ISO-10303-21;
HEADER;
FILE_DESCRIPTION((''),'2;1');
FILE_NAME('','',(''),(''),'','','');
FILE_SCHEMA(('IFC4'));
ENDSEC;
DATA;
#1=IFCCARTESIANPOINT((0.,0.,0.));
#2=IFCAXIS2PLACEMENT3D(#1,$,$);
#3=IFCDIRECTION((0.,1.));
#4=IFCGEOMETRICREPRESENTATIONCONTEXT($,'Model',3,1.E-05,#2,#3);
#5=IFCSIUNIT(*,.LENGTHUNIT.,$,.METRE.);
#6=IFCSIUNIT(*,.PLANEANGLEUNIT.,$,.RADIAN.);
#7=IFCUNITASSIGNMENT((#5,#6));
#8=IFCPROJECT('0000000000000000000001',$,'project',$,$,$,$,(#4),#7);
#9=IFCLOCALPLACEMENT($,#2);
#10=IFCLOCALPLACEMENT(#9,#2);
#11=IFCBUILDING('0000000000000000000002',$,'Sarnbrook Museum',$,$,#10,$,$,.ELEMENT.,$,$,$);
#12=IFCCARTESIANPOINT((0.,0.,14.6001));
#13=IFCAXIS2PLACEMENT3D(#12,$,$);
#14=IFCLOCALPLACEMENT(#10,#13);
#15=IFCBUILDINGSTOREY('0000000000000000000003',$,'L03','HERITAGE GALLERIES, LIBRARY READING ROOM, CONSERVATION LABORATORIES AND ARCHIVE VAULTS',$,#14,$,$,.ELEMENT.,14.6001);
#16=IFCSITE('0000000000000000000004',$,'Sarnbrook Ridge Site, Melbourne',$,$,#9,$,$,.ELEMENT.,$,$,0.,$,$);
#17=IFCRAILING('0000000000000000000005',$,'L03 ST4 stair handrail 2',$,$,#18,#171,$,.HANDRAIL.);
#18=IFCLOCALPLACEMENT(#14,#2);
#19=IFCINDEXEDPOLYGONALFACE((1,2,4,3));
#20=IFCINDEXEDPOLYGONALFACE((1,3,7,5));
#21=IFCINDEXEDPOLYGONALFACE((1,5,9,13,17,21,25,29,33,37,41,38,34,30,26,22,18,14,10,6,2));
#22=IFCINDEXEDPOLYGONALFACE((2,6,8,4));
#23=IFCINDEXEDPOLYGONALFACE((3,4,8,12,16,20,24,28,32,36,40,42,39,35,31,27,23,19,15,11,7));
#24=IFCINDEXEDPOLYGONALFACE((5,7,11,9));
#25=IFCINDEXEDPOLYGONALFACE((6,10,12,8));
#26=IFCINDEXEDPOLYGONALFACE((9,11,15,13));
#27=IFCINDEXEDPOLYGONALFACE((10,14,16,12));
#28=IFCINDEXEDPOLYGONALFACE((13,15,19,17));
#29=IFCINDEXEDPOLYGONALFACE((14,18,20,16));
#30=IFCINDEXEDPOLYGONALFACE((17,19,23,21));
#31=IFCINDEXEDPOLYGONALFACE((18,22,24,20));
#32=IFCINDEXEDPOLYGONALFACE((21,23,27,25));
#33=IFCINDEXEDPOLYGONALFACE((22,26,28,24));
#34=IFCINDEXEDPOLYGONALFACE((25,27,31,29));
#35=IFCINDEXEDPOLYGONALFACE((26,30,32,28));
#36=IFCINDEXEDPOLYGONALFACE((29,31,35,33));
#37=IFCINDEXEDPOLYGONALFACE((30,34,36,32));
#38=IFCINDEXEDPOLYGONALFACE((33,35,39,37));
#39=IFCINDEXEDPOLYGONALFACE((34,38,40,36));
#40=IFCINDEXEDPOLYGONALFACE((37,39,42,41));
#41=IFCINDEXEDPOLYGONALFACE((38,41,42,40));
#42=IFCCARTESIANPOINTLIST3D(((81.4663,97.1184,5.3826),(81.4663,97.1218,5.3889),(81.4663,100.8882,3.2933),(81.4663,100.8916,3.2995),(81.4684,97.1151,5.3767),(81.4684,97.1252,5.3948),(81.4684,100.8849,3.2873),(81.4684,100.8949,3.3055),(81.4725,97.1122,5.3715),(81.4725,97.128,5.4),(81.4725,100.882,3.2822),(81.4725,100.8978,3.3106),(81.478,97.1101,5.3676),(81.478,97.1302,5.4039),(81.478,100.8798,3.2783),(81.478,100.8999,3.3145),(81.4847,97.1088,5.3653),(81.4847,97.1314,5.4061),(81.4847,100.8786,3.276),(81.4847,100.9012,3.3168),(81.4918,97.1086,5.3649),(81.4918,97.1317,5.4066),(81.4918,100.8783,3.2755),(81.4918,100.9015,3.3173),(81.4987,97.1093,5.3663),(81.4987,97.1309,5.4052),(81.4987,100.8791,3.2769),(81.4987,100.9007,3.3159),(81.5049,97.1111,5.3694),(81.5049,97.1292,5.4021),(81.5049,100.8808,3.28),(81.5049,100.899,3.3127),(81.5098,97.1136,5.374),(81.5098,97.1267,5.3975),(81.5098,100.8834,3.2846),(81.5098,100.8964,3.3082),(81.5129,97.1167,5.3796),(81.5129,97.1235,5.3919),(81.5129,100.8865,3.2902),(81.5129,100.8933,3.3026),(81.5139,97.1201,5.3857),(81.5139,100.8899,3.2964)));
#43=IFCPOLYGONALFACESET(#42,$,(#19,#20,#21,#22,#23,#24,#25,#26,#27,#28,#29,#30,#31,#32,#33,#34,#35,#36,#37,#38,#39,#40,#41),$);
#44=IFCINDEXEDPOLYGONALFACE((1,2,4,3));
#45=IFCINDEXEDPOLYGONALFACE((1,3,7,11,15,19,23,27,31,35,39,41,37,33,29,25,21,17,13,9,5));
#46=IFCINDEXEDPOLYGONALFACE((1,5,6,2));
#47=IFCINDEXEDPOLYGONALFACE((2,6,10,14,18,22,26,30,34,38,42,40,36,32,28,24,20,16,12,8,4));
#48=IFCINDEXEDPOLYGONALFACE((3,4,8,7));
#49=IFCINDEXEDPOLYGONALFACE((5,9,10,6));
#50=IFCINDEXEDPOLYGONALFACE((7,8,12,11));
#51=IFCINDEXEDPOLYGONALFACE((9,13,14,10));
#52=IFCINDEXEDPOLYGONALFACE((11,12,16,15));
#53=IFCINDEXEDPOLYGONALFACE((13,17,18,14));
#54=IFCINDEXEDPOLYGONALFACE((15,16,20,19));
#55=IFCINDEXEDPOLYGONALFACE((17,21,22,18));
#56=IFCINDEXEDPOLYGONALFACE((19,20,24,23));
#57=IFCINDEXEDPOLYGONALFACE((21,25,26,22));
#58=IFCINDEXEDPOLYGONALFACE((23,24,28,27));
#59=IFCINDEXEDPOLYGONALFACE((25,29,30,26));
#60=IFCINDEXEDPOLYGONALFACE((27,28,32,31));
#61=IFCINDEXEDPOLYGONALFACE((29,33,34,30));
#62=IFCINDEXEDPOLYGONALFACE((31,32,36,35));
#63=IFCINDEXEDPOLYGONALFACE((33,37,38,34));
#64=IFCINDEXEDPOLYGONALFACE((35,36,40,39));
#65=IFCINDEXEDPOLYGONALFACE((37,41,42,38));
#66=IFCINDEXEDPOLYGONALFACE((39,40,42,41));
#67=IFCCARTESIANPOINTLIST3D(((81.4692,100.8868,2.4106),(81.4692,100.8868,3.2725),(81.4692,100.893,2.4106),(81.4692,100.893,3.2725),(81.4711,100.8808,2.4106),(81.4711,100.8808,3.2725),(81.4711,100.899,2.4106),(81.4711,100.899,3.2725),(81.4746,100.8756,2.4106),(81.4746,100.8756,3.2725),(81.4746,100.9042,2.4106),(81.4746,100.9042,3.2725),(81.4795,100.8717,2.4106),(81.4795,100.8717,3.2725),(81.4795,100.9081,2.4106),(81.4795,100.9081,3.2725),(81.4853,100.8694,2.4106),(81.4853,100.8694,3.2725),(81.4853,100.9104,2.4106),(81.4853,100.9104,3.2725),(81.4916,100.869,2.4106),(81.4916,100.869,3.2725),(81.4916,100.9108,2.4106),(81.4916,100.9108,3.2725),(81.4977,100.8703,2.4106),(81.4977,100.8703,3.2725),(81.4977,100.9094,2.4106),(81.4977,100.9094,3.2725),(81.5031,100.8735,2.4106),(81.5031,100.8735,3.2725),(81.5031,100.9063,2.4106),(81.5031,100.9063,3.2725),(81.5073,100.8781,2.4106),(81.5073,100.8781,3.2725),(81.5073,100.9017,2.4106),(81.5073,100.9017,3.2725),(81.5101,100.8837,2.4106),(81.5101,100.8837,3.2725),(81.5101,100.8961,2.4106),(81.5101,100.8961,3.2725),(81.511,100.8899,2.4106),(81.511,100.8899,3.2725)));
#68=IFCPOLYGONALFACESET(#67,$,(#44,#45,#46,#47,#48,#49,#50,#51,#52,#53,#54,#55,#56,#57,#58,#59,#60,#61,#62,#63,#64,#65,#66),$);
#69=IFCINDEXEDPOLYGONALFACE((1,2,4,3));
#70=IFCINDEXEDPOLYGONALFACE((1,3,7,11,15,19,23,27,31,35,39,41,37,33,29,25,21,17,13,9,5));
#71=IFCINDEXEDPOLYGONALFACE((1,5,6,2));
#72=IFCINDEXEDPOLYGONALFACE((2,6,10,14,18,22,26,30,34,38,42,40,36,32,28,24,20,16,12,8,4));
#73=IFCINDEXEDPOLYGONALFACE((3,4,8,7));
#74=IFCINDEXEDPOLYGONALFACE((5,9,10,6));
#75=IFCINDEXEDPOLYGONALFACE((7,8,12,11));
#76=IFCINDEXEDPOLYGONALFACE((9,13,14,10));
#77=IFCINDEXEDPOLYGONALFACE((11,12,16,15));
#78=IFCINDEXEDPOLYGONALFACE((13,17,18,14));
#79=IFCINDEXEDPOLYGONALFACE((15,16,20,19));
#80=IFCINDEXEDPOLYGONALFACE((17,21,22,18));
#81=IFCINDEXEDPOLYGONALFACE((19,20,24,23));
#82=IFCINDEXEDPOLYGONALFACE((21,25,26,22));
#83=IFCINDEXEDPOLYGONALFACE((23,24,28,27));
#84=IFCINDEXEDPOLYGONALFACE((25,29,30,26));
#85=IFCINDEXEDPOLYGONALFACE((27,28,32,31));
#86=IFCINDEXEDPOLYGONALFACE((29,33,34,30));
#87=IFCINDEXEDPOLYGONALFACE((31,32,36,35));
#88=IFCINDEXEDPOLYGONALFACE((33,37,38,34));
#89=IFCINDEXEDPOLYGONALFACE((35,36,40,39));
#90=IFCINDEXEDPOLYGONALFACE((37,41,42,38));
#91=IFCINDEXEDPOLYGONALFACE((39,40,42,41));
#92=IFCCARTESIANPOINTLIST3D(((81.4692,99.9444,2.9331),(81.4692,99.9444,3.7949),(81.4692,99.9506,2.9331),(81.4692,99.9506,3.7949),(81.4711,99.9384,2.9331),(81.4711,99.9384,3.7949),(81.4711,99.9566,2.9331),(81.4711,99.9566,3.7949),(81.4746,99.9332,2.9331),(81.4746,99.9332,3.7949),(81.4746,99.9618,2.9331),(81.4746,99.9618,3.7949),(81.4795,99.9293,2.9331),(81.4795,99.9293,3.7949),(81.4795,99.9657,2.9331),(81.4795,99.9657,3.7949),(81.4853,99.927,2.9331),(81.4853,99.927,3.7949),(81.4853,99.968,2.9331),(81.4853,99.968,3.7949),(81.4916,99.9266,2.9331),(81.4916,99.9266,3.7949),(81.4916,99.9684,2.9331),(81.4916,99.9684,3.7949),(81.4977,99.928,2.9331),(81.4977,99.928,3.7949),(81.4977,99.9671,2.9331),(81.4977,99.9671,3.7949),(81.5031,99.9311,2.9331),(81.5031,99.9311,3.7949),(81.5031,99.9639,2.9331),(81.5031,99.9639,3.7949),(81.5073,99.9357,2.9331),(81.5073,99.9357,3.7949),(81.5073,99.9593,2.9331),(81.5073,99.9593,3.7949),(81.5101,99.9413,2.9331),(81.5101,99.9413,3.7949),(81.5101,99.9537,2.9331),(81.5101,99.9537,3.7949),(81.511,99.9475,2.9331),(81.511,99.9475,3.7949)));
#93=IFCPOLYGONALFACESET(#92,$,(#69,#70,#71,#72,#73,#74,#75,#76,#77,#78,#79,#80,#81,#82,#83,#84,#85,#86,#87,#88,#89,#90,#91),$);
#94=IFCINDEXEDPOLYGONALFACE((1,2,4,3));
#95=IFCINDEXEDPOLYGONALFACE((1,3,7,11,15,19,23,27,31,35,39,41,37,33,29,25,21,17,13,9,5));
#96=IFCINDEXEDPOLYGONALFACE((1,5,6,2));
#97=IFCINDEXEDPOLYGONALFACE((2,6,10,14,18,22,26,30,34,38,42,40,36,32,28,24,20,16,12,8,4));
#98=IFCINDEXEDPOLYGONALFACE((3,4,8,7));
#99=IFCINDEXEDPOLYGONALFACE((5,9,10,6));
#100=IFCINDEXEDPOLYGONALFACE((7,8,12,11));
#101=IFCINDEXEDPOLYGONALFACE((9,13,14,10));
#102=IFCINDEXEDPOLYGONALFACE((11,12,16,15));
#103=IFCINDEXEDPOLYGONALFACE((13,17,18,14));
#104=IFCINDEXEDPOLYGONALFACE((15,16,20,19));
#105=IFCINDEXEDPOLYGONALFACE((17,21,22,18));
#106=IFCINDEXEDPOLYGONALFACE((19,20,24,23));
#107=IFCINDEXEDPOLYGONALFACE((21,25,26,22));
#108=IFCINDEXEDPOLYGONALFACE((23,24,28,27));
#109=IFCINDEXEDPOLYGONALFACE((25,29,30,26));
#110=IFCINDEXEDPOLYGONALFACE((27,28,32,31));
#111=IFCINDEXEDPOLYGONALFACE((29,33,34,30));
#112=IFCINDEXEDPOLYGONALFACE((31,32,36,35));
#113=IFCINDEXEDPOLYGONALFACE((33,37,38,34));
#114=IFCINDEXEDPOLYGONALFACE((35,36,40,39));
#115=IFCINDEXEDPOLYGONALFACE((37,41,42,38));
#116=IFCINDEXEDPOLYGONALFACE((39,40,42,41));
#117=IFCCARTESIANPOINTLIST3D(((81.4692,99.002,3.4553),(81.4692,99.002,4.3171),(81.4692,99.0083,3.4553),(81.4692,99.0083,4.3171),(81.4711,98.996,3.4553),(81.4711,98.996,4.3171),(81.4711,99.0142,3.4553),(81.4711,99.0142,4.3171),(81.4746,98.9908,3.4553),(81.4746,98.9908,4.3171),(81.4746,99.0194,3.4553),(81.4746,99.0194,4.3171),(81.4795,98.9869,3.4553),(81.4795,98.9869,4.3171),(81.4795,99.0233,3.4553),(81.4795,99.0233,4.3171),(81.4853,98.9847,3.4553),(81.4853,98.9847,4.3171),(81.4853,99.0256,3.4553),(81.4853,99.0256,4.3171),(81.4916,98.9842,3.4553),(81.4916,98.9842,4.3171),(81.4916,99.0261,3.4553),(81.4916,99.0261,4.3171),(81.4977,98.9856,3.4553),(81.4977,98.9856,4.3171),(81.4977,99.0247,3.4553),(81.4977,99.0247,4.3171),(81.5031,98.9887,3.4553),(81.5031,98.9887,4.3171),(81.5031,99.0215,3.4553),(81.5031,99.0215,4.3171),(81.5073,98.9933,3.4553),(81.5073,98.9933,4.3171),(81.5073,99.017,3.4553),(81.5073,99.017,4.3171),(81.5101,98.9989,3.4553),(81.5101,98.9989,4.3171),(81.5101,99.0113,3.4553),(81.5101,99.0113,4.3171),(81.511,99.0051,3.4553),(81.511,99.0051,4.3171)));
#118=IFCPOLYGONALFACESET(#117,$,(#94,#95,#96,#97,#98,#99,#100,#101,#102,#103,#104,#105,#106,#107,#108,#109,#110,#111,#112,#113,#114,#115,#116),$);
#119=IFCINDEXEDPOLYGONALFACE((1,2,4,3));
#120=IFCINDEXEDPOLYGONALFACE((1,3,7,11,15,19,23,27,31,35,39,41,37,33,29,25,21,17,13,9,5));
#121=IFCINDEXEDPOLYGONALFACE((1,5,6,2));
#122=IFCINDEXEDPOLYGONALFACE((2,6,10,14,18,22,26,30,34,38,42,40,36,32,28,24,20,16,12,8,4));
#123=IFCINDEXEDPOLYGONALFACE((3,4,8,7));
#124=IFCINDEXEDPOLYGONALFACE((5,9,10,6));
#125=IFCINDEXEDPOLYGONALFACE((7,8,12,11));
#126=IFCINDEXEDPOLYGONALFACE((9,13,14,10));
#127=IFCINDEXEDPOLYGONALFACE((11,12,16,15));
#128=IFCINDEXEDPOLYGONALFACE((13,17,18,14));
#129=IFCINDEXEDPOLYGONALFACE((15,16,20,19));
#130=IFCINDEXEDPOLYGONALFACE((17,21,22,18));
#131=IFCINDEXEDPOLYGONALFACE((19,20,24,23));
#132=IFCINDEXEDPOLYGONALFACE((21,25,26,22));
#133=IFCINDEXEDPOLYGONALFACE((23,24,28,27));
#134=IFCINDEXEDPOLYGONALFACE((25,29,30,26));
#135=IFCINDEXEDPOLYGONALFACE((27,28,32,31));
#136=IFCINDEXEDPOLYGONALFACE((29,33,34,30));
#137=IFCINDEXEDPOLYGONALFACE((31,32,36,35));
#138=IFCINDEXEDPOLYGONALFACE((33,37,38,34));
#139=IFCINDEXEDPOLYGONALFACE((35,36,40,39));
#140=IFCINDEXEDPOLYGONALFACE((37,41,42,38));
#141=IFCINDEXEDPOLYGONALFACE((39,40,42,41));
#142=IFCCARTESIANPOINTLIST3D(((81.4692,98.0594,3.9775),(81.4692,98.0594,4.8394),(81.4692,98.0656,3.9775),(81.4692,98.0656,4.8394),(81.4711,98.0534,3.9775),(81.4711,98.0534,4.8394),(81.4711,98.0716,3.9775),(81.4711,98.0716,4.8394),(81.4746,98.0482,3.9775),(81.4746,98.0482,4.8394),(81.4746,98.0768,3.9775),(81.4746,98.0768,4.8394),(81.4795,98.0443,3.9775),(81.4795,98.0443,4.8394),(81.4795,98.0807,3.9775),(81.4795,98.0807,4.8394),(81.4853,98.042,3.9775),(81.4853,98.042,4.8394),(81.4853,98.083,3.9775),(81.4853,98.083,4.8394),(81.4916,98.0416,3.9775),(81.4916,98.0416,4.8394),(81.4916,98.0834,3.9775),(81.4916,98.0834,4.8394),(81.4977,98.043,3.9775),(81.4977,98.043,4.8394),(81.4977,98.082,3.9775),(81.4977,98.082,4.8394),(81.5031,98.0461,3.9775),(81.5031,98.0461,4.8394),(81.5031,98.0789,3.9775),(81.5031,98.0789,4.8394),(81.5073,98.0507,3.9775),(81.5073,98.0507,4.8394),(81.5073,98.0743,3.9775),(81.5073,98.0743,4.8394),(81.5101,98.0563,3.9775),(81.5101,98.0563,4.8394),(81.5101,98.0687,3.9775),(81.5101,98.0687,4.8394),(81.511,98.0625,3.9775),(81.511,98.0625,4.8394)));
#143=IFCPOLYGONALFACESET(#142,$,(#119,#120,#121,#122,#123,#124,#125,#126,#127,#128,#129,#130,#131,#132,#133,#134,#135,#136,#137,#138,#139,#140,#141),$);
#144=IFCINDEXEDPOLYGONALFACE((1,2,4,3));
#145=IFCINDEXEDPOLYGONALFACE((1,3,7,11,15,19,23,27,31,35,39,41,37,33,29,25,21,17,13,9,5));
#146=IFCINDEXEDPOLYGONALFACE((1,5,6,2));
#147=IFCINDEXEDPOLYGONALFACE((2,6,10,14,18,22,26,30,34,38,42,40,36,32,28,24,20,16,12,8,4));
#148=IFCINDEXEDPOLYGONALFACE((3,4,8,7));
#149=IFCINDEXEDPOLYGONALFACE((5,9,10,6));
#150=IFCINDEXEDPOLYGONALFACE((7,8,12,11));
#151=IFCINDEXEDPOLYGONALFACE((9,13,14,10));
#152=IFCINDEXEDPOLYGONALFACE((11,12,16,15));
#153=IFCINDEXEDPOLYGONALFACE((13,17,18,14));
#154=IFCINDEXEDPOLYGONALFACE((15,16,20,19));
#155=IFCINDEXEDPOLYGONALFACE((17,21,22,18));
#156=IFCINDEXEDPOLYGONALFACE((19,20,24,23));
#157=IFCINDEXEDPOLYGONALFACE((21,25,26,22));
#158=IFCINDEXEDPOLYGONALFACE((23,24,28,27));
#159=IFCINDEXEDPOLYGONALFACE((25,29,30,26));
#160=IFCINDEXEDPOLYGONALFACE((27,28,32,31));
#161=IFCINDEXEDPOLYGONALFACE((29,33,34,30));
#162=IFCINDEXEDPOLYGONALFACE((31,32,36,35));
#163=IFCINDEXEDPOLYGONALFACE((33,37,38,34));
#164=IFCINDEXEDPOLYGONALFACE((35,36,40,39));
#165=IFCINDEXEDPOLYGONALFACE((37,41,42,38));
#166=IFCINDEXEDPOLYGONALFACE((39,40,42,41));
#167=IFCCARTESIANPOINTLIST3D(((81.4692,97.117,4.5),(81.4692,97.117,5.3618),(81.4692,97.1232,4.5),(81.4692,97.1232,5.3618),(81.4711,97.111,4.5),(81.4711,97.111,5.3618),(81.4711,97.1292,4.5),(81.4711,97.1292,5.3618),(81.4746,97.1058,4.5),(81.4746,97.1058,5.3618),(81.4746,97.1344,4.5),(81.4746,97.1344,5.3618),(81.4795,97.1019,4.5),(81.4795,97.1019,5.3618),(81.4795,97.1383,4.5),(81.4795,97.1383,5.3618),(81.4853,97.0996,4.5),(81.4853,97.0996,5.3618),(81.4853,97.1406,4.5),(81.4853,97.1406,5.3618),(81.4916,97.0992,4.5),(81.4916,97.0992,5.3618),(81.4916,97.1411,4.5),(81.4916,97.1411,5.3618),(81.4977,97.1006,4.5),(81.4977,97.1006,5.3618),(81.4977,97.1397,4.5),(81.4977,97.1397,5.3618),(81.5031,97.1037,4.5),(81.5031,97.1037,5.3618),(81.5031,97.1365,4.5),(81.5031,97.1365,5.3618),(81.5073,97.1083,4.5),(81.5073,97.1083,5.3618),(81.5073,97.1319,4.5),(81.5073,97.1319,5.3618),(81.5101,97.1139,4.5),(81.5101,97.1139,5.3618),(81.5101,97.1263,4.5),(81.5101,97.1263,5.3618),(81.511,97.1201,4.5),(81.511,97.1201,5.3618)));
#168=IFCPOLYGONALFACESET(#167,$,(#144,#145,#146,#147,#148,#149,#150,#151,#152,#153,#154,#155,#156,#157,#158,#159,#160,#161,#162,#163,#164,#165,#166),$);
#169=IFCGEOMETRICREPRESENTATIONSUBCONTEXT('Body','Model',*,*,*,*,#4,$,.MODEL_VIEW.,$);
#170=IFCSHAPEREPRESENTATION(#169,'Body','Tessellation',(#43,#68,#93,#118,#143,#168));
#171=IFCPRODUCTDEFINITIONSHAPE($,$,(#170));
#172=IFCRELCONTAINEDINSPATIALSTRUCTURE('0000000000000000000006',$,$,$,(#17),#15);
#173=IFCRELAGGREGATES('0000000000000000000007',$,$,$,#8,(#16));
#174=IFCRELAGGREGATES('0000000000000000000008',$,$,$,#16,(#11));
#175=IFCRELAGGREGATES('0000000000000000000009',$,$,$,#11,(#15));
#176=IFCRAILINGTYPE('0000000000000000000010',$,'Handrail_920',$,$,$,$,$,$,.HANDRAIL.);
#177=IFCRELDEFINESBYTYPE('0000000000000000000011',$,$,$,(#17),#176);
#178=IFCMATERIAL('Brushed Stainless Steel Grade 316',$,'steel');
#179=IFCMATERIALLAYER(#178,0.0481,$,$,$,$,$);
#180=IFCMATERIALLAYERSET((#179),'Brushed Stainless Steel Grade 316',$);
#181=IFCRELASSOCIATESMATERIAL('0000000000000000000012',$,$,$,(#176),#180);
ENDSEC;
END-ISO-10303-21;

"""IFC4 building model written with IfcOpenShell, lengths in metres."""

from ifc_helpers import new_model, si_unit, direction, frame, origin, origin_2d, place, context, subcontext, project, spatial, circle, extrude, material, layer, layer_set, type_object, element, save


model = new_model("IFC4")

# Units and contexts
model_context = context("Model", 3, precision=1e-05, world=origin(), true_north=direction((0.0, 1.0)))
body_context = subcontext(model_context, "Body", "Model", "MODEL_VIEW")
ifc_project = project(units=[si_unit("LENGTHUNIT", "METRE"), si_unit("PLANEANGLEUNIT", "RADIAN")], contexts=[model_context])

# Site, building, storey
site_placement = place(None, origin())
site = spatial("IfcSite", under=ifc_project, at=site_placement, Name="Sarnbrook Ridge Site, Melbourne", CompositionType="ELEMENT", RefElevation=0.0)
building_placement = place(site_placement, origin())
building = spatial("IfcBuilding", under=site, at=building_placement, Name="Sarnbrook Museum", CompositionType="ELEMENT")
storey_placement = place(building_placement, frame((0.0, 0.0, 14.6001)))
storey = spatial("IfcBuildingStorey", under=building, at=storey_placement, Name="L03", Description="HERITAGE GALLERIES, LIBRARY READING ROOM, CONSERVATION LABORATORIES AND ARCHIVE VAULTS", CompositionType="ELEMENT", Elevation=14.6001)

# Shared definitions
ifc_material_1 = material(Name="Brushed Stainless Steel Grade 316", Category="steel")

# Railing
ifc_layer_1 = layer(ifc_material_1, 0.0481)
ifc_layer_set_1 = layer_set([ifc_layer_1], Name="Brushed Stainless Steel Grade 316")
railing_type_1 = type_object("IfcRailingType", Name="Handrail_920", PredefinedType="HANDRAIL", material=ifc_layer_set_1)
railing_1_placement = place(storey_placement, frame((81.49, 100.8899, 2.4106)))
element("IfcRailing", 1, at=railing_1_placement, inside=storey, type_object=railing_type_1, Name="L03 ST4 stair handrail 2", PredefinedType="HANDRAIL", context=body_context, shape_type="SweptSolid", body=[
    extrude(circle(Radius=0.0239, at=origin_2d()), frame((0.0, 0.0, 0.8857), z_axis=(0.0, -0.874646, 0.484763), x_axis=(1.0, 0.0, 0.0)), (0.0, 0.0, 1.0), 4.3101),
    extrude(circle(Radius=0.021, at=origin_2d()), origin(), (0.0, 0.0, 1.0), 0.8618),
    extrude(circle(Radius=0.021, at=origin_2d()), frame((0.0, -0.9424, 0.5225)), (0.0, 0.0, 1.0), 0.8618),
    extrude(circle(Radius=0.021, at=origin_2d()), frame((0.0, -1.8848, 1.0447)), (0.0, 0.0, 1.0), 0.8618),
    extrude(circle(Radius=0.021, at=origin_2d()), frame((0.0, -2.8274, 1.5669)), (0.0, 0.0, 1.0), 0.8618),
    extrude(circle(Radius=0.021, at=origin_2d()), frame((0.0, -3.7698, 2.0894)), (0.0, 0.0, 1.0), 0.8618),
])

save(model, "model.ifc")
